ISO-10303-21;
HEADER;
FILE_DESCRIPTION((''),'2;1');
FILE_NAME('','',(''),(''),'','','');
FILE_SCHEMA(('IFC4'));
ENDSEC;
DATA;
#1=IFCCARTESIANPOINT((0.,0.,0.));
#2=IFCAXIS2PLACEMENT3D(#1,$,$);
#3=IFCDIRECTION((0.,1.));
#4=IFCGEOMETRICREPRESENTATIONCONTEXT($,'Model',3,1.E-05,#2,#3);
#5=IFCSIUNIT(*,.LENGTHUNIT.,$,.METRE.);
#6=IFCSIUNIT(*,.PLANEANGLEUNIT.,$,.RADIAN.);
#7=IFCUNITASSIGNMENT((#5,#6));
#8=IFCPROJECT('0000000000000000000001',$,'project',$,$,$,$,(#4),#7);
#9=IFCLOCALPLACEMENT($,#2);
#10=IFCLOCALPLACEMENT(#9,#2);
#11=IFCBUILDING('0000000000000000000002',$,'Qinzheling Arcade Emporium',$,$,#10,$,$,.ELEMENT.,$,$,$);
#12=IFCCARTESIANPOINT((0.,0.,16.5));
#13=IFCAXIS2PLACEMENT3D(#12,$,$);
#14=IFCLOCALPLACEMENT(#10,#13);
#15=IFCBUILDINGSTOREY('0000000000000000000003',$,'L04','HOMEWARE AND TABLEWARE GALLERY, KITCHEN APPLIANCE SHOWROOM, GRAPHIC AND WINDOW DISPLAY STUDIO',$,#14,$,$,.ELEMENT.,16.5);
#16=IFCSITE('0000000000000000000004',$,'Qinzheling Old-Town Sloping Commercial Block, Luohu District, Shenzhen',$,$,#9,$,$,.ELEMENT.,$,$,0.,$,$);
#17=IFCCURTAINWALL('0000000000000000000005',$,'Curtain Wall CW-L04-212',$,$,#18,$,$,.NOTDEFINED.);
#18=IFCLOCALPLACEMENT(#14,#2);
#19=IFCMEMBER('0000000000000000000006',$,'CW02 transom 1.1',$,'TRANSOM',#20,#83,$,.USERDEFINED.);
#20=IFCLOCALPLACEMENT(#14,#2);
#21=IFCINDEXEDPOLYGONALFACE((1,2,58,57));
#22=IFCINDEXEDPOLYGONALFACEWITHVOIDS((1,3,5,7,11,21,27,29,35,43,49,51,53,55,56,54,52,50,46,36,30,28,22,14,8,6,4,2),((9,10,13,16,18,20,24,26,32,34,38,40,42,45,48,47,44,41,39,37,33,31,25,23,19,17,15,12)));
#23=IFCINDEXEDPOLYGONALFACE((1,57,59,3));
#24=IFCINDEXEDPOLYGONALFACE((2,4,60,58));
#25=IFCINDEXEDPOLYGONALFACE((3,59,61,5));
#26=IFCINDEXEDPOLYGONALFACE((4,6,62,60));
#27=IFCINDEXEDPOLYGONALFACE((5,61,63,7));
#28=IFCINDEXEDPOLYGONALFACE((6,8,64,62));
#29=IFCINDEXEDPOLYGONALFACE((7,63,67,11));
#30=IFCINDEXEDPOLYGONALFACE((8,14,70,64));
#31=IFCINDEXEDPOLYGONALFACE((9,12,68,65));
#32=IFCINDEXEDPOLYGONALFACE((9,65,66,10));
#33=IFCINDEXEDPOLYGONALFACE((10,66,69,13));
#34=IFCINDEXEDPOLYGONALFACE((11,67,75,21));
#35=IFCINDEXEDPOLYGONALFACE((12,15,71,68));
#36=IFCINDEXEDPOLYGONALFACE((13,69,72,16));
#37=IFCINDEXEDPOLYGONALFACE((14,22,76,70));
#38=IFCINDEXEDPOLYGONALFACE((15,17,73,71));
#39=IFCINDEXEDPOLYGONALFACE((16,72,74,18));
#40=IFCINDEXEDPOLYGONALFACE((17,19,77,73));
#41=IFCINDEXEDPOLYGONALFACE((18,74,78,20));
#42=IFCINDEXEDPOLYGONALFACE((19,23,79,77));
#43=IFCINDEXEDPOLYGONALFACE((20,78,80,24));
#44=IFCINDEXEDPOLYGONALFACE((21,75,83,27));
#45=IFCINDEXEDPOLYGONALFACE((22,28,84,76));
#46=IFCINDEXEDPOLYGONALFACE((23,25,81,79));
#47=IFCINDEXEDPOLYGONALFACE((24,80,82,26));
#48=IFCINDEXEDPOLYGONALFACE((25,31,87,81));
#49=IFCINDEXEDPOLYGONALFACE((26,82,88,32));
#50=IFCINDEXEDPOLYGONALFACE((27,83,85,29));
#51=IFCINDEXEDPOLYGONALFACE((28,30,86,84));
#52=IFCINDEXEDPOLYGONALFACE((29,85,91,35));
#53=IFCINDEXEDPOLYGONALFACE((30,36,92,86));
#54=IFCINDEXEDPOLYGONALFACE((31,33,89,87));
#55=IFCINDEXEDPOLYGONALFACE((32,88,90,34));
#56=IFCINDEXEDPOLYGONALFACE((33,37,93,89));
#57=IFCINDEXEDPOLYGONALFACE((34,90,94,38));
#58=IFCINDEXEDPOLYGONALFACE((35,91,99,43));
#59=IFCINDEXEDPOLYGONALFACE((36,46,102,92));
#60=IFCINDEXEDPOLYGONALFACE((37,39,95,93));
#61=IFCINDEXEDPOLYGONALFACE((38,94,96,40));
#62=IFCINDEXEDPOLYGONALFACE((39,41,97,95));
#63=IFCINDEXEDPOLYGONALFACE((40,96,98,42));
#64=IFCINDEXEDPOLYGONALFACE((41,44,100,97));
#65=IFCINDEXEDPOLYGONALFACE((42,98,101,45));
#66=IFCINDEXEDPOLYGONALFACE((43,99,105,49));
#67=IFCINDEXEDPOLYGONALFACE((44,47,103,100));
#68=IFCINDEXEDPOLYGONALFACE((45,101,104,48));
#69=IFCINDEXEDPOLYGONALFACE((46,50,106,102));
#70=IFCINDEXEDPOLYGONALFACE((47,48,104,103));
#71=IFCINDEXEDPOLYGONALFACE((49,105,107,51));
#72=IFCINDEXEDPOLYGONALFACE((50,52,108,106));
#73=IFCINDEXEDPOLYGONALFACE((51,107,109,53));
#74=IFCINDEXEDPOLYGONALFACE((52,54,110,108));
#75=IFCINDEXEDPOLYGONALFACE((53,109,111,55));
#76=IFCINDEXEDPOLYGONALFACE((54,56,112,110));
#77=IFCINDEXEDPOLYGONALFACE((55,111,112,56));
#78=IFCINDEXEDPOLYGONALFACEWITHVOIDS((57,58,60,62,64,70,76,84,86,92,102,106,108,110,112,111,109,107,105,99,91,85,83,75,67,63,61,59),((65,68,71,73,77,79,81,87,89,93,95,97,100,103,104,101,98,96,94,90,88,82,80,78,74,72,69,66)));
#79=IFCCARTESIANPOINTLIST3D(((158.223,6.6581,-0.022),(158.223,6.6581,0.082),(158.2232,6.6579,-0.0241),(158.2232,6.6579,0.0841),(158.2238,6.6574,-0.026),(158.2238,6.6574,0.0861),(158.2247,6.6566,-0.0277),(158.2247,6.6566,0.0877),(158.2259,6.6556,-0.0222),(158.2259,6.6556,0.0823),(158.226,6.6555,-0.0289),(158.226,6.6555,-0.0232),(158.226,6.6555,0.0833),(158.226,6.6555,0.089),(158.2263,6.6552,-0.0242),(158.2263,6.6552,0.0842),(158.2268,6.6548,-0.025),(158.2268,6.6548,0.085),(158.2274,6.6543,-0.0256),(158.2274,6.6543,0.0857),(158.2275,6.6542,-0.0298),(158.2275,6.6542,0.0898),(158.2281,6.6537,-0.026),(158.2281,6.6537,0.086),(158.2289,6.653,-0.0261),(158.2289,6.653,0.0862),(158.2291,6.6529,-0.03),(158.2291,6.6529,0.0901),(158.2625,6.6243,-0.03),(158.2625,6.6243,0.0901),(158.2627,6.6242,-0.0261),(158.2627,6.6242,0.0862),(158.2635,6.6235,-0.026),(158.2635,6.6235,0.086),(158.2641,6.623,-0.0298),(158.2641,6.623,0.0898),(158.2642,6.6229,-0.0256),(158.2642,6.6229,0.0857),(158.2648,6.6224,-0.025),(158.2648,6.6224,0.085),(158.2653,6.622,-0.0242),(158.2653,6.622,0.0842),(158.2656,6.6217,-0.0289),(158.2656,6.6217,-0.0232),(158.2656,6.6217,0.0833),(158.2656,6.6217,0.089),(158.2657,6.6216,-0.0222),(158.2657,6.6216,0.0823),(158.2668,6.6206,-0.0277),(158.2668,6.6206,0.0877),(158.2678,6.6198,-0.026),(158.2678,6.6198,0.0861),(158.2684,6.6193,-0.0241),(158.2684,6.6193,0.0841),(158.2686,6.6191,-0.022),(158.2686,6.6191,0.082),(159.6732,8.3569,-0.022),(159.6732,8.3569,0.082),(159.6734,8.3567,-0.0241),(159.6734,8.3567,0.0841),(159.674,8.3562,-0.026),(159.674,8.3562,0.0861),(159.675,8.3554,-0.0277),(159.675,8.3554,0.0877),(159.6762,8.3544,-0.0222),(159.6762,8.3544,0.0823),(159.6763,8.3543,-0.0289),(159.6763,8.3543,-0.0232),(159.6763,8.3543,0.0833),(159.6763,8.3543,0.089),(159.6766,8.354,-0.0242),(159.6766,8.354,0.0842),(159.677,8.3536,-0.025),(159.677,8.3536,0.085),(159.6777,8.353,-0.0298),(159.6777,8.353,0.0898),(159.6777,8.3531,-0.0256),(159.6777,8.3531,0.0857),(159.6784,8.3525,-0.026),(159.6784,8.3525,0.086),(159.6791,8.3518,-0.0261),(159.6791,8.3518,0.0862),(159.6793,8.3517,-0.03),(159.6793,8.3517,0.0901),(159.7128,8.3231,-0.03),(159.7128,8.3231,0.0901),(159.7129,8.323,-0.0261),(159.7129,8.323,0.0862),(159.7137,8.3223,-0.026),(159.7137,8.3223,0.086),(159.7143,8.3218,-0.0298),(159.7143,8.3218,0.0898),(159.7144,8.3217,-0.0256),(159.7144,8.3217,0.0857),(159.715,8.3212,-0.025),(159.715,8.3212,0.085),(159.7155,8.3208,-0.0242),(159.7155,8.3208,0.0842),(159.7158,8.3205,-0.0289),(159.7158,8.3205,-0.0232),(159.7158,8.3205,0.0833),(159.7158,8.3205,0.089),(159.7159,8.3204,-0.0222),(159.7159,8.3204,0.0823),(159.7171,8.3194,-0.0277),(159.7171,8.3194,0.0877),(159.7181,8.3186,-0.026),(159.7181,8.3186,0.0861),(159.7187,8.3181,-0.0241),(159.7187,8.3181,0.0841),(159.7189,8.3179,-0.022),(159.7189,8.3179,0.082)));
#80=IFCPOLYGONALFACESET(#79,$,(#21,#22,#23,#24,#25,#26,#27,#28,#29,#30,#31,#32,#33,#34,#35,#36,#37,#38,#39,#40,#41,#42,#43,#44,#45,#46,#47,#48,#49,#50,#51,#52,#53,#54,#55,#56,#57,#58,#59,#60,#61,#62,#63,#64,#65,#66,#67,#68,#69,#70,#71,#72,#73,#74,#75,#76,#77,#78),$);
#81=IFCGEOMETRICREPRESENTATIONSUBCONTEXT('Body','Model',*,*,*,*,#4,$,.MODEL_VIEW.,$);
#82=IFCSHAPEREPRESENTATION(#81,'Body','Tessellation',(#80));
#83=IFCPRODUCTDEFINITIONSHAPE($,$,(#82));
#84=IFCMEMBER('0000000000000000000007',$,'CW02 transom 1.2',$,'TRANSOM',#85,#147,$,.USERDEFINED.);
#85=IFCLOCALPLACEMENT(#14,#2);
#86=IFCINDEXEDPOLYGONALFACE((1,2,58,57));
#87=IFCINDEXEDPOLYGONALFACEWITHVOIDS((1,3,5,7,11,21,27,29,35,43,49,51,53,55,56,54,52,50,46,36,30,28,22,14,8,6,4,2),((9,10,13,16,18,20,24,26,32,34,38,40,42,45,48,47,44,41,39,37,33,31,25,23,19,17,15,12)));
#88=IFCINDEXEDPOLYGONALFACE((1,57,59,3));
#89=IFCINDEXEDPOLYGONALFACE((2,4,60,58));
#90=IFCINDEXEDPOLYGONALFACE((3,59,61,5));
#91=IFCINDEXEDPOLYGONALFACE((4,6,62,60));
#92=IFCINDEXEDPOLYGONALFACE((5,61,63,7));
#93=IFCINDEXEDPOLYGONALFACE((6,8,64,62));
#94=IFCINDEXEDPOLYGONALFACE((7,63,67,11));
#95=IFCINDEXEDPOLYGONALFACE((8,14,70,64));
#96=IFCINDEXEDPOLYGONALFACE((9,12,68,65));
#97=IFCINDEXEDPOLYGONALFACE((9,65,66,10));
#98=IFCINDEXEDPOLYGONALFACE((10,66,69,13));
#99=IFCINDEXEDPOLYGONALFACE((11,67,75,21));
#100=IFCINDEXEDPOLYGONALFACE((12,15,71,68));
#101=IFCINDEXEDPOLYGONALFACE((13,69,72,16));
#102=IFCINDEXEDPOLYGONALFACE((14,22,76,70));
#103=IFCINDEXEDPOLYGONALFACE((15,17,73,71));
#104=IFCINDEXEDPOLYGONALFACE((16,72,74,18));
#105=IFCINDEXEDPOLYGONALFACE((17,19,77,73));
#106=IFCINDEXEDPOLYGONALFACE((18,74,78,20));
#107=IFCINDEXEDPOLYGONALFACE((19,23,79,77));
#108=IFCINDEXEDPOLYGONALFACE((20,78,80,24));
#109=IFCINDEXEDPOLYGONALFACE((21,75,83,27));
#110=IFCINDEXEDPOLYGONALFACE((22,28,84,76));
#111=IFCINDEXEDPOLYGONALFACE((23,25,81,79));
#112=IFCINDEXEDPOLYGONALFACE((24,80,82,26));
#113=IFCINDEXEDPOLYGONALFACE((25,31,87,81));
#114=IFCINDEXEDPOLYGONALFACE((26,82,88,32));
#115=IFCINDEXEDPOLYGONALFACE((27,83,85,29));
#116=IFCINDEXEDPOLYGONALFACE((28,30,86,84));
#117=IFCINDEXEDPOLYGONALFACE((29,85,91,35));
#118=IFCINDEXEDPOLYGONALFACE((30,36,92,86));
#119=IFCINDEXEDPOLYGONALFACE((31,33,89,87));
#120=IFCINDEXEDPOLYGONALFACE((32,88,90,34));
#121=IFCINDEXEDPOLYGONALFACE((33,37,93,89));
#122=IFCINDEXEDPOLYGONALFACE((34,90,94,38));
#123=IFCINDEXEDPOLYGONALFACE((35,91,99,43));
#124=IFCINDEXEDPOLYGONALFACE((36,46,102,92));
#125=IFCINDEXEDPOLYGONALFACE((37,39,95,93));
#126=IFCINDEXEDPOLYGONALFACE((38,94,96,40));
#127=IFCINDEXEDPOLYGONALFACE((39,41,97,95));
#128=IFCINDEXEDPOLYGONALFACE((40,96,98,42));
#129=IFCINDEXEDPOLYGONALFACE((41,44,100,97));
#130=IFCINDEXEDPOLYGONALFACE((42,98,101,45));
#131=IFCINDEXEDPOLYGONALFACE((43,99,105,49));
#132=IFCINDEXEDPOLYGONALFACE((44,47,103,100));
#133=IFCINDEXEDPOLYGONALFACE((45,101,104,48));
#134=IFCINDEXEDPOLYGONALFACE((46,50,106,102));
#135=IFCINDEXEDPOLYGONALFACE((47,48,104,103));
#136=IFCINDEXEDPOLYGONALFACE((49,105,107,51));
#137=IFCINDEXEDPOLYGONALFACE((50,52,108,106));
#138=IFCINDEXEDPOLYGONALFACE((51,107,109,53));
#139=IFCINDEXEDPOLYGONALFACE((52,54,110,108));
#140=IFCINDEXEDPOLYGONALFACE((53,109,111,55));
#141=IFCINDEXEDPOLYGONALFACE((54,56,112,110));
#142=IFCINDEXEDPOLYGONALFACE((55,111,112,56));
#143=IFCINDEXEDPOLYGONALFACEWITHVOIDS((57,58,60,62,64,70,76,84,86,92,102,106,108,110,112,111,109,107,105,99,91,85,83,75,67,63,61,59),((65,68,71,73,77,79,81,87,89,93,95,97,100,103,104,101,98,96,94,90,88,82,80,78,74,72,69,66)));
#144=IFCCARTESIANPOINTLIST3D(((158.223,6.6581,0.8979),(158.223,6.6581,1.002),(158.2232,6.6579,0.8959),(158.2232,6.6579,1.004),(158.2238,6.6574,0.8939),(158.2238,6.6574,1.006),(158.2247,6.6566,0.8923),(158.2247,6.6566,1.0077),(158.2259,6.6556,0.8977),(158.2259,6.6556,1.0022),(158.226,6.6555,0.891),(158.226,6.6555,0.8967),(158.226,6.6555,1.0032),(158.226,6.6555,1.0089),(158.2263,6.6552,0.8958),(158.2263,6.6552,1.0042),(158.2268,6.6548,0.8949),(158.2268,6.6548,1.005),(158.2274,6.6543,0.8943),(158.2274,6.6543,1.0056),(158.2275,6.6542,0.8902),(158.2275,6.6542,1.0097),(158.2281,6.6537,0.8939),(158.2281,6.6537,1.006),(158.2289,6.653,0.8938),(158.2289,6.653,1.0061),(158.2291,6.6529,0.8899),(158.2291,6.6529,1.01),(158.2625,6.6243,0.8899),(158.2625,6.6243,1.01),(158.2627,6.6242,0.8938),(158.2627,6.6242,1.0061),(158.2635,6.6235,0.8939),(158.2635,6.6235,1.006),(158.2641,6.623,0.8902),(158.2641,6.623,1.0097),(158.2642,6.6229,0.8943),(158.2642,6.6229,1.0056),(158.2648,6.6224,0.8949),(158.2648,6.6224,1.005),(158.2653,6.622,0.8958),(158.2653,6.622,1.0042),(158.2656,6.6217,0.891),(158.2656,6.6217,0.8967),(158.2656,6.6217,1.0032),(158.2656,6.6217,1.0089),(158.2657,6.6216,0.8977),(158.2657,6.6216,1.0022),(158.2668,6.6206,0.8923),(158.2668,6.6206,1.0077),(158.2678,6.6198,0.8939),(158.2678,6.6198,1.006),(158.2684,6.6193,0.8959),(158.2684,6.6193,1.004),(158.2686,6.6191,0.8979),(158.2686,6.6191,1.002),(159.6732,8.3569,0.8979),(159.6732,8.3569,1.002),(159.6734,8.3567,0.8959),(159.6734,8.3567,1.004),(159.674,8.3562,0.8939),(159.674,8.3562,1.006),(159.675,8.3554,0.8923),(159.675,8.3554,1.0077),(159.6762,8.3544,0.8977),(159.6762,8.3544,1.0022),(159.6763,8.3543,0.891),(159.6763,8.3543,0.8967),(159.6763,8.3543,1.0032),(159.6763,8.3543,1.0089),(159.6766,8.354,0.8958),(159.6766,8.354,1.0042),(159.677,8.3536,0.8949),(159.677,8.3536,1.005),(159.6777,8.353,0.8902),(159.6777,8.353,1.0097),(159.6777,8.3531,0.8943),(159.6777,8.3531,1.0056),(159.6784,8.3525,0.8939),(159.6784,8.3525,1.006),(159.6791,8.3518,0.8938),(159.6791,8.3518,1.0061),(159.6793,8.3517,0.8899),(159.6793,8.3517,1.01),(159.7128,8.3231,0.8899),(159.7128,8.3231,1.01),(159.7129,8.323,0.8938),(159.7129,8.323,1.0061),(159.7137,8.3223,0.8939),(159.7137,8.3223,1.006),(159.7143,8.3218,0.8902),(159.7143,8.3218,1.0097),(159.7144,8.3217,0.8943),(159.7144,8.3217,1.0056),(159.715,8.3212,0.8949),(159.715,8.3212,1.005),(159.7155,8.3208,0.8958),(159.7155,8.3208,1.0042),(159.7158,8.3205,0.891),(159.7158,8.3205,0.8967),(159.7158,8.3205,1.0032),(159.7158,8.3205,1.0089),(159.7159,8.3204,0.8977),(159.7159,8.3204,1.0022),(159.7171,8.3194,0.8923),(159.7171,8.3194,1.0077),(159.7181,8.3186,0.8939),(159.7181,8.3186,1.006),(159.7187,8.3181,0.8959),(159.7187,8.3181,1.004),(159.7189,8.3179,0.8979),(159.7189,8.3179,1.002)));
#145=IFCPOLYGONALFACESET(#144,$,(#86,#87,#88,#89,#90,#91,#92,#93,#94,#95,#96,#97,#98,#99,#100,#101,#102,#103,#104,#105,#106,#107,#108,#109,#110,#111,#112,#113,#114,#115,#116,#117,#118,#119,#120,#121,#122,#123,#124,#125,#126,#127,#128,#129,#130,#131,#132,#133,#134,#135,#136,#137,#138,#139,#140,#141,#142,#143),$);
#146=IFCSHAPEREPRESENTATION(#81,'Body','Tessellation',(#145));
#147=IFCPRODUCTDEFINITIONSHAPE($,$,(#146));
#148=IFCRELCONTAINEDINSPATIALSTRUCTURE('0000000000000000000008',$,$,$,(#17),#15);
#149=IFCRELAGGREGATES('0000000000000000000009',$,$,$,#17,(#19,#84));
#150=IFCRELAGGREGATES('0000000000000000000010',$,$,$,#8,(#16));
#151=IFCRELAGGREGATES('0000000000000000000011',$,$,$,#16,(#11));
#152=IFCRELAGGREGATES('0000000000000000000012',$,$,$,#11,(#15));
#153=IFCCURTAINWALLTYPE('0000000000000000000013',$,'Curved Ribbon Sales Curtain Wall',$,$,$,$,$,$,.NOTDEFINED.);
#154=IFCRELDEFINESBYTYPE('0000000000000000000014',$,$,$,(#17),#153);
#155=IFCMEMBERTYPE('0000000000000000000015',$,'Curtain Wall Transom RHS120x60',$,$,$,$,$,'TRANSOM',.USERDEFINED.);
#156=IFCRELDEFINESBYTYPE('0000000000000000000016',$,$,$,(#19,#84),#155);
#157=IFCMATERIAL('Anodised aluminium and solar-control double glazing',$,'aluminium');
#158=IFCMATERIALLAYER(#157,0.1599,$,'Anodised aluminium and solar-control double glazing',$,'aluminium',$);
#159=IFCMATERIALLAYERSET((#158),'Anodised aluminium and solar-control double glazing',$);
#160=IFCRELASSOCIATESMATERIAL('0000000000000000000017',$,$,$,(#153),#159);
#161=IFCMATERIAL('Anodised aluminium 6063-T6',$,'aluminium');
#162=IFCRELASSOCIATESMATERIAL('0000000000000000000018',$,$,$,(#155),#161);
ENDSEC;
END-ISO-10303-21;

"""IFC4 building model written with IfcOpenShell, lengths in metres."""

from ifc_helpers import new_model, si_unit, direction, frame, origin, origin_2d, place, context, subcontext, project, spatial, hollow_rectangle, extrude, material, layer, layer_set, material_profile, profile_set, type_object, element, aggregate, save


model = new_model("IFC4")

# Units and contexts
model_context = context("Model", 3, precision=1e-05, world=origin(), true_north=direction((0.0, 1.0)))
body_context = subcontext(model_context, "Body", "Model", "MODEL_VIEW")
ifc_project = project(units=[si_unit("LENGTHUNIT", "METRE"), si_unit("PLANEANGLEUNIT", "RADIAN")], contexts=[model_context])

# Site, building, storey
site_placement = place(None, origin())
site = spatial("IfcSite", under=ifc_project, at=site_placement, Name="Qinzheling Old-Town Sloping Commercial Block, Luohu District, Shenzhen", CompositionType="ELEMENT", RefElevation=0.0)
building_placement = place(site_placement, origin())
building = spatial("IfcBuilding", under=site, at=building_placement, Name="Qinzheling Arcade Emporium", CompositionType="ELEMENT")
storey_placement = place(building_placement, frame((0.0, 0.0, 16.5)))
storey = spatial("IfcBuildingStorey", under=building, at=storey_placement, Name="L04", Description="HOMEWARE AND TABLEWARE GALLERY, KITCHEN APPLIANCE SHOWROOM, GRAPHIC AND WINDOW DISPLAY STUDIO", CompositionType="ELEMENT", Elevation=16.5)

# Shared definitions
ifc_material_1 = material(Name="Anodised aluminium and solar-control double glazing", Category="aluminium")
ifc_layer_1 = layer(ifc_material_1, 0.1599, Name="Anodised aluminium and solar-control double glazing", Category="aluminium")
ifc_layer_set_1 = layer_set([ifc_layer_1], Name="Anodised aluminium and solar-control double glazing")
curtain_wall_type = type_object("IfcCurtainWallType", Name="Curved Ribbon Sales Curtain Wall", PredefinedType="NOTDEFINED", material=ifc_layer_set_1)
ifc_material_2 = material(Name="Anodised aluminium 6063-T6", Category="aluminium")

# Curtain wall
curtain_wall_1_placement = place(storey_placement, origin())
curtain_wall_1 = element("IfcCurtainWall", 1, at=curtain_wall_1_placement, inside=storey, type_object=curtain_wall_type, Name="Curtain Wall CW-L04-212", PredefinedType="NOTDEFINED")

# Members
ifc_material_profile_1 = material_profile(ifc_material_2, hollow_rectangle(XDim=0.0601, YDim=0.1201, WallThickness=0.0039, InnerFilletRadius=0.0039, OuterFilletRadius=0.0081, at=origin_2d()), Name="RHS 120x60x4", Category="aluminium")
ifc_profile_set_1 = profile_set([ifc_material_profile_1], Name="Anodised aluminium 6063-T6")
member_type_1 = type_object("IfcMemberType", Name="Curtain Wall Transom RHS120x60", ElementType="TRANSOM", PredefinedType="USERDEFINED", material=ifc_profile_set_1)
member_1_placement = place(storey_placement, frame((159.696, 8.3374, 0.03), z_axis=(-0.649278, -0.760551, 0.0), x_axis=(0.760551, -0.649278, 0.0)))
member_1 = element("IfcMember", 2, at=member_1_placement, type_object=member_type_1, Name="CW02 transom 1.1", ObjectType="TRANSOM", PredefinedType="USERDEFINED", context=body_context, shape_type="SweptSolid", body=[
    extrude(hollow_rectangle(XDim=0.0601, YDim=0.1201, WallThickness=0.0039, InnerFilletRadius=0.0039, OuterFilletRadius=0.0081, at=origin_2d()), origin(), (0.0, 0.0, 1.0), 2.2336),
])
member_2_placement = place(storey_placement, frame((159.696, 8.3374, 0.95), z_axis=(-0.649278, -0.760551, 0.0), x_axis=(0.760551, -0.649278, 0.0)))
member_2 = element("IfcMember", 3, at=member_2_placement, type_object=member_type_1, Name="CW02 transom 1.2", ObjectType="TRANSOM", PredefinedType="USERDEFINED", context=body_context, shape_type="SweptSolid", body=[
    extrude(hollow_rectangle(XDim=0.0601, YDim=0.1201, WallThickness=0.0039, InnerFilletRadius=0.0039, OuterFilletRadius=0.0081, at=origin_2d()), origin(), (0.0, 0.0, 1.0), 2.2336),
])

aggregate(curtain_wall_1, [member_1, member_2])

save(model, "model.ifc")
